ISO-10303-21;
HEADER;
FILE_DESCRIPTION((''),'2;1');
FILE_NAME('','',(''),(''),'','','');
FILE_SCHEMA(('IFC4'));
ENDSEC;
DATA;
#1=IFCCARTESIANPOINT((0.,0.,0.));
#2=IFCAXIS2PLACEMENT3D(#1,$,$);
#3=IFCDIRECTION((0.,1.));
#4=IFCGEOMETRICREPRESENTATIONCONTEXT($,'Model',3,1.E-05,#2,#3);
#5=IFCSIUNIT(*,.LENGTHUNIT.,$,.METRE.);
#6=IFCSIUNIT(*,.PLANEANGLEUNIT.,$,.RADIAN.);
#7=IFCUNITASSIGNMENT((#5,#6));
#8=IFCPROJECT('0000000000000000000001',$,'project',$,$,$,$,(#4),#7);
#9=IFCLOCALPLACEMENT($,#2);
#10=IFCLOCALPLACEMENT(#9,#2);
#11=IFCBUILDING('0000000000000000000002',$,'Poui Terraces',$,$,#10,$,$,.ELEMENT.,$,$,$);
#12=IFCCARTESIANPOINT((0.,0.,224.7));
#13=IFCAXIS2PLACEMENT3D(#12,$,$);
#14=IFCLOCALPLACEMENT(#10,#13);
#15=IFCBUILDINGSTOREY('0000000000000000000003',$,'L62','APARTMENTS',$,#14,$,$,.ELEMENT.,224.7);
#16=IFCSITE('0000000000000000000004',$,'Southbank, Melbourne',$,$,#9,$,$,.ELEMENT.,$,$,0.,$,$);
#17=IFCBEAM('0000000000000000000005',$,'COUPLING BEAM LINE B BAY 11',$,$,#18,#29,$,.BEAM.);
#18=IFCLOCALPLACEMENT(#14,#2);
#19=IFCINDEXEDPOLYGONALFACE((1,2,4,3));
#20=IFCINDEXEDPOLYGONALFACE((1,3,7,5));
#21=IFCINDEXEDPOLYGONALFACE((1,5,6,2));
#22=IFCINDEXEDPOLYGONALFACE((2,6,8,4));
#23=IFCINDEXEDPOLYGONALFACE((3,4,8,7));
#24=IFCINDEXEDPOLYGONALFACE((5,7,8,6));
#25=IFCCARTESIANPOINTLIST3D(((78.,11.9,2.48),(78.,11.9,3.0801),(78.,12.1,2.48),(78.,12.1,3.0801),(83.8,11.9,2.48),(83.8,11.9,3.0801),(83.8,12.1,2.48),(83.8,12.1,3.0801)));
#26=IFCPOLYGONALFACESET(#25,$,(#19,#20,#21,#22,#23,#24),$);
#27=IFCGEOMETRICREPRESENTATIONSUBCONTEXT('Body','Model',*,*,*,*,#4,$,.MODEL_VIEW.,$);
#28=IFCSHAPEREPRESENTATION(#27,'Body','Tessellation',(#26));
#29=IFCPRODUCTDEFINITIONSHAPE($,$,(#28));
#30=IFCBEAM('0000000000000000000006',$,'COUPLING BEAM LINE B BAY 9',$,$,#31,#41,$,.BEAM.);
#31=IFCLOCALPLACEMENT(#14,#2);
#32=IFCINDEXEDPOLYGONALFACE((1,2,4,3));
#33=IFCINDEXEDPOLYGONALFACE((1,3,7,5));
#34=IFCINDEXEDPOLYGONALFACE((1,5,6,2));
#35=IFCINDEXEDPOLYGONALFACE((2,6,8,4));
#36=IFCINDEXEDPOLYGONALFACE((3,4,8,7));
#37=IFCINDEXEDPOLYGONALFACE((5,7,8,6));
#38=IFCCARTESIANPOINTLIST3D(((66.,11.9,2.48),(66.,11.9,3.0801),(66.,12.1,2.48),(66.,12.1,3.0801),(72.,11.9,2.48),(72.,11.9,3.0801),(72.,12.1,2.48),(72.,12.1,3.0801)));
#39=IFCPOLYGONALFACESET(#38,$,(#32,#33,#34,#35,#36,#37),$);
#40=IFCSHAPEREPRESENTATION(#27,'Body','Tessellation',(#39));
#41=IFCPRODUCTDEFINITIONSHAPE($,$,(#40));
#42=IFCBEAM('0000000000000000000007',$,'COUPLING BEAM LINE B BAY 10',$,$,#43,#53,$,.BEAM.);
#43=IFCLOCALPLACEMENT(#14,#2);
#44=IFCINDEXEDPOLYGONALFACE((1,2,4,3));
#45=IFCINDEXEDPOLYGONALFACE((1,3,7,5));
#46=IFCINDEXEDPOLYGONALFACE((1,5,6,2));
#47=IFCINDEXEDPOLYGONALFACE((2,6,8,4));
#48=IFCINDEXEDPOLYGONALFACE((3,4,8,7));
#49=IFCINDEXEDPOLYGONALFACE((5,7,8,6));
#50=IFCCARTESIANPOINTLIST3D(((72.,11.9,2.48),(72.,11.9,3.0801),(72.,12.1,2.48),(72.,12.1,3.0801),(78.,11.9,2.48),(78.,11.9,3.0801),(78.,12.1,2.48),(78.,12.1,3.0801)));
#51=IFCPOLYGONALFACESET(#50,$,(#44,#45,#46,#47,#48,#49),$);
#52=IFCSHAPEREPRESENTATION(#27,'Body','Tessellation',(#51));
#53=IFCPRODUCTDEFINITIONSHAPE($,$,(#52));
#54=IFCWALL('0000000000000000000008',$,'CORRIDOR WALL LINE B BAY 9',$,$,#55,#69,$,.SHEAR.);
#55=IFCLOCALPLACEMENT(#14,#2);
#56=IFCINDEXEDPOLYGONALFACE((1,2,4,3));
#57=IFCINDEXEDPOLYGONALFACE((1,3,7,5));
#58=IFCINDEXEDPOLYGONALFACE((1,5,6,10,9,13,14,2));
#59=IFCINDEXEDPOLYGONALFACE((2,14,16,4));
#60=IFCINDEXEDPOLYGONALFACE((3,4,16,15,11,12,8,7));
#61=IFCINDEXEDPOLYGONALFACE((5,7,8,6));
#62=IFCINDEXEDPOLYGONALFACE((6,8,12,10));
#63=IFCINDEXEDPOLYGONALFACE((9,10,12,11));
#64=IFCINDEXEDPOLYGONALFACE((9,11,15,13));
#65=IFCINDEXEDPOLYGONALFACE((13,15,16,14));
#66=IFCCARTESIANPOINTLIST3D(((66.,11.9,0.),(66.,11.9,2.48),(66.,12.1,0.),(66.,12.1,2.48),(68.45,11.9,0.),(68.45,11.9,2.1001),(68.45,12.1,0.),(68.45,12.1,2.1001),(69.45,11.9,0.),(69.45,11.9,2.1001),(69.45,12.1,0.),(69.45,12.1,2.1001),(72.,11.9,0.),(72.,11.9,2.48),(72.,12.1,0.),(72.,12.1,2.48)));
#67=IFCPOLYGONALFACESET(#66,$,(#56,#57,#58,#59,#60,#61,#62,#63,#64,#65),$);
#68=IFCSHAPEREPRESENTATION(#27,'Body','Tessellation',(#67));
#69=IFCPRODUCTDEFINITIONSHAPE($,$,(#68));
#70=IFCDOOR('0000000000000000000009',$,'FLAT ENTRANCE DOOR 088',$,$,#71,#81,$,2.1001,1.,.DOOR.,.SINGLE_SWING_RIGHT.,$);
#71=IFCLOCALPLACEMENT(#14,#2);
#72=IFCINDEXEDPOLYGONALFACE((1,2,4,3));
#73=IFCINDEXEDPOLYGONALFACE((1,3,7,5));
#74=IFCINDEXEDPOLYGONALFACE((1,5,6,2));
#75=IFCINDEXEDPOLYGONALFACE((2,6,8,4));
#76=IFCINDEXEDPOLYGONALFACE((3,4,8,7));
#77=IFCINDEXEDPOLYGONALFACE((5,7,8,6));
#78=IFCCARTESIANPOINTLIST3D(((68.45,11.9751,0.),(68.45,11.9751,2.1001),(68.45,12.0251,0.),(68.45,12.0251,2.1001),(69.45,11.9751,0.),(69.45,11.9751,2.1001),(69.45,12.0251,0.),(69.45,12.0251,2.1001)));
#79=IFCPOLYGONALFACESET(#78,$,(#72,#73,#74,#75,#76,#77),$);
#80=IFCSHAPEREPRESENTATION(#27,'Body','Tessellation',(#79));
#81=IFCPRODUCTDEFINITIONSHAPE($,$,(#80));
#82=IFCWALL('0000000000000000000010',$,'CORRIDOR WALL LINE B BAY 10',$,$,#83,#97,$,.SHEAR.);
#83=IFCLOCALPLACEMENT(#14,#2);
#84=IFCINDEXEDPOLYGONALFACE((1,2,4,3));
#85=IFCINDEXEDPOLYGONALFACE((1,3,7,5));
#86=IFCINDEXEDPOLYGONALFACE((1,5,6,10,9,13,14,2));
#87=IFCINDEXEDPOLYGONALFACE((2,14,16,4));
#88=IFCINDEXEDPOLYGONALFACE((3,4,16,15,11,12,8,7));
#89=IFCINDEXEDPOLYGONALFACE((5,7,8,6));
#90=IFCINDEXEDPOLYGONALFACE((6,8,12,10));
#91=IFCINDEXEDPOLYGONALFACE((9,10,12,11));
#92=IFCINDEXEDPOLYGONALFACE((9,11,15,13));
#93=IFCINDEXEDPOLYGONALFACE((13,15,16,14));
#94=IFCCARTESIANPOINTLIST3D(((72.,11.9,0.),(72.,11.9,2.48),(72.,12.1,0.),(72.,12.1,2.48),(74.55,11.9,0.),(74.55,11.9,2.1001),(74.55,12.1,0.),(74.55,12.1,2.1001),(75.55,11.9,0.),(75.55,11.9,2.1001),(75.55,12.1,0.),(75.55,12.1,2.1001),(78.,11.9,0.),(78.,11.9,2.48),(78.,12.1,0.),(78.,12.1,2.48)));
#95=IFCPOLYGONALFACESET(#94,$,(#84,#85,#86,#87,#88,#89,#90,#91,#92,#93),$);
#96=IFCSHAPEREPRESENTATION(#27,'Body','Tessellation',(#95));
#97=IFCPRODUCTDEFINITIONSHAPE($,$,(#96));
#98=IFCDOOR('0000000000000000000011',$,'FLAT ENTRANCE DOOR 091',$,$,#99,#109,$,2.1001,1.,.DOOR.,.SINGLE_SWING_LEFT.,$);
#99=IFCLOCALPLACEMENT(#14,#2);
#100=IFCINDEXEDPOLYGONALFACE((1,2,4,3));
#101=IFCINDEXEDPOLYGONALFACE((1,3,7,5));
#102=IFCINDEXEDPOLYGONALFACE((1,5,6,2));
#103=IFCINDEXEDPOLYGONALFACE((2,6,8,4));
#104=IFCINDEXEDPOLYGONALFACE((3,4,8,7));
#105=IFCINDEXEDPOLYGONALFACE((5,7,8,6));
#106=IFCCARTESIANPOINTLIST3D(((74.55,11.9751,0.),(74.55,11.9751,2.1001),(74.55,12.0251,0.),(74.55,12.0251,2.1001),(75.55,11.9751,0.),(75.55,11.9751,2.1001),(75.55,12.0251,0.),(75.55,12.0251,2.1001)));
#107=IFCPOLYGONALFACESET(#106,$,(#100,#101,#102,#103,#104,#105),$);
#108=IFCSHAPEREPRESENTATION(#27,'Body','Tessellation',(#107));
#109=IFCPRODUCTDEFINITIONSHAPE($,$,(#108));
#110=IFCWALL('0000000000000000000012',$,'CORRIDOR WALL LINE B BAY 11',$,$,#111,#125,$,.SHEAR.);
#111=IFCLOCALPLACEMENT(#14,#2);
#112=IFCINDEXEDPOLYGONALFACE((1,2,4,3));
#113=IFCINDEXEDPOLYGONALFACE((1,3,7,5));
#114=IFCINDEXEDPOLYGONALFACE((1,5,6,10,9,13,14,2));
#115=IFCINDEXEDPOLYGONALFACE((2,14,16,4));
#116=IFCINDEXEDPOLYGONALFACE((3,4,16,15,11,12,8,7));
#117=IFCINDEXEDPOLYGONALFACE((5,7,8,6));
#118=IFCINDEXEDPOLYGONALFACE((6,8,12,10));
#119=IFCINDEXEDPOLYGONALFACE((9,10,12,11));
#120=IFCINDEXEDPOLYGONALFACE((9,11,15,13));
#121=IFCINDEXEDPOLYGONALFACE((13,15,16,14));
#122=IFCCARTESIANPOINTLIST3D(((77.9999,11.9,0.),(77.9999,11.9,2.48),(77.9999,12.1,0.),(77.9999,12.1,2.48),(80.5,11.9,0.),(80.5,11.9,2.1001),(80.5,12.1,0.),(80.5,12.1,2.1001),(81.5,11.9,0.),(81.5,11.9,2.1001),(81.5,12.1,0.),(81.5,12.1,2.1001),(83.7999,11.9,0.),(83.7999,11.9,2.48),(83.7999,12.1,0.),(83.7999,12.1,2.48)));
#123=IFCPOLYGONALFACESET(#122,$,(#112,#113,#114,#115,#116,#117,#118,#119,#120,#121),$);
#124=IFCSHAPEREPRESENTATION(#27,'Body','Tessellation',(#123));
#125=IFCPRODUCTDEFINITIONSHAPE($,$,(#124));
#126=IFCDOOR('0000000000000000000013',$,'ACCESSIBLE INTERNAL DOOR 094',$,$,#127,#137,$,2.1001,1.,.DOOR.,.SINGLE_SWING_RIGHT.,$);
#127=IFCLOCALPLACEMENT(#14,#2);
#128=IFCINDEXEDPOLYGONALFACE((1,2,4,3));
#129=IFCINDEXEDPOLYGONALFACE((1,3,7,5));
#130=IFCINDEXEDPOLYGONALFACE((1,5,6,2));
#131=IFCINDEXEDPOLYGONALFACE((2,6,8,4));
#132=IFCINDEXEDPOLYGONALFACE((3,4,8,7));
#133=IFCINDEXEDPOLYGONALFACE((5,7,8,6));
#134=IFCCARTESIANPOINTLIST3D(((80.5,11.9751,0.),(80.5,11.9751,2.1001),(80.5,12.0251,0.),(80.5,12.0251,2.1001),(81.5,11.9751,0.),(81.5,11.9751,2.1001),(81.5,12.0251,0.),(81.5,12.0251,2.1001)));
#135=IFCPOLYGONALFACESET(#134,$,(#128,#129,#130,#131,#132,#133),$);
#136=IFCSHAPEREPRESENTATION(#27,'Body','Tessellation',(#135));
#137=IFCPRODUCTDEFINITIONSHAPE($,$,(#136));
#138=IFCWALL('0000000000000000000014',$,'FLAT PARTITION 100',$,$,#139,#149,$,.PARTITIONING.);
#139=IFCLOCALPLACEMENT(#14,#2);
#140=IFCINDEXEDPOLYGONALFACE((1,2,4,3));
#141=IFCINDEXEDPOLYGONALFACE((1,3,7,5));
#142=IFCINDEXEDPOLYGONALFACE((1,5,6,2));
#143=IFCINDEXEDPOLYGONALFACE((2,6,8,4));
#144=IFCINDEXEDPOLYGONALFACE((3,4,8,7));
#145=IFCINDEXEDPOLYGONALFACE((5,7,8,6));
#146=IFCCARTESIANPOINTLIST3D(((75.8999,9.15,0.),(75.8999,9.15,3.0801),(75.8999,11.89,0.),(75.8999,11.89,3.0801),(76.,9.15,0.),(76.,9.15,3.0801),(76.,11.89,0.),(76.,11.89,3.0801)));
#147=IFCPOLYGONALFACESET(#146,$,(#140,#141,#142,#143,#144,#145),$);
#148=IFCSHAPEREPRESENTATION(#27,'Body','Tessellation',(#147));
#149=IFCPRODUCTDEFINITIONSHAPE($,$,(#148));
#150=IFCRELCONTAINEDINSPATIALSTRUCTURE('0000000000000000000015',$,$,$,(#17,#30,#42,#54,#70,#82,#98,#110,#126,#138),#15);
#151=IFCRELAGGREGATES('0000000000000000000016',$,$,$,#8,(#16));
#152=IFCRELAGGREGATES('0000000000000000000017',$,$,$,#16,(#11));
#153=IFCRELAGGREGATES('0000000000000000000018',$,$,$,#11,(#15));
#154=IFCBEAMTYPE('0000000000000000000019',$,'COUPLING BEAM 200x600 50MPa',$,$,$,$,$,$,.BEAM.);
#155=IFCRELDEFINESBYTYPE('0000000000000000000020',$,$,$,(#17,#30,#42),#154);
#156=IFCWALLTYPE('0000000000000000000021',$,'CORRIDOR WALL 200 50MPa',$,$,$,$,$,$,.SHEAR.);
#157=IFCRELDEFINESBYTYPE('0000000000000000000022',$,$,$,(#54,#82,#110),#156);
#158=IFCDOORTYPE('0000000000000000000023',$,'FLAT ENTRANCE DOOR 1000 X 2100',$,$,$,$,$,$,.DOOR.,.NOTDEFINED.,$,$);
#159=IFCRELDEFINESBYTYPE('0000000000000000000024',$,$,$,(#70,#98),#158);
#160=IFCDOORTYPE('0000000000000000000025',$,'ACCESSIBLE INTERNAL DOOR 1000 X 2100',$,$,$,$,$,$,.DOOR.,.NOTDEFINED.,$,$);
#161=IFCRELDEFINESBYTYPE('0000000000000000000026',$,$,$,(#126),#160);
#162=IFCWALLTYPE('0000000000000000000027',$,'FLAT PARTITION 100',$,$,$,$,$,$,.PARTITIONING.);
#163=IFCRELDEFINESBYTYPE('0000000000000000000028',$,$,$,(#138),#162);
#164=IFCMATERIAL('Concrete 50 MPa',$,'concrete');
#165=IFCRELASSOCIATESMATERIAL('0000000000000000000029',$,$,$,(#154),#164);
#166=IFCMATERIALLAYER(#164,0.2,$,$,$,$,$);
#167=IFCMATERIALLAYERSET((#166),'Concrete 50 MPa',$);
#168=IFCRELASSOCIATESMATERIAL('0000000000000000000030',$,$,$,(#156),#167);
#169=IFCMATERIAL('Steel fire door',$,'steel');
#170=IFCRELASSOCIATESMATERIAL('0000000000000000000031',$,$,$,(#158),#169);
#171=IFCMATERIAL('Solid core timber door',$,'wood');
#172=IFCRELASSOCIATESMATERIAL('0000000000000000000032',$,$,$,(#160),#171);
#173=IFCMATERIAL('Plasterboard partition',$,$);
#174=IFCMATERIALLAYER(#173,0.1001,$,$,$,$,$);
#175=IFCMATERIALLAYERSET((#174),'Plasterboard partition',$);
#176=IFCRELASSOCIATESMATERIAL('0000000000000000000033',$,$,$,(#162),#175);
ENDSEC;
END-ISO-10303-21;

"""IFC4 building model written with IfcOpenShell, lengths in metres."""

from ifc_helpers import new_model, si_unit, direction, frame, frame_2d, origin, origin_2d, place, context, subcontext, project, spatial, rectangle, extrude, source, transform, mapped, material, layer, layer_set, material_profile, profile_set, type_object, element, fill, save


model = new_model("IFC4")

# Units and contexts
model_context = context("Model", 3, precision=1e-05, world=origin(), true_north=direction((0.0, 1.0)))
body_context = subcontext(model_context, "Body", "Model", "MODEL_VIEW")
ifc_project = project(units=[si_unit("LENGTHUNIT", "METRE"), si_unit("PLANEANGLEUNIT", "RADIAN")], contexts=[model_context])

# Site, building, storey
site_placement = place(None, origin())
site = spatial("IfcSite", under=ifc_project, at=site_placement, Name="Southbank, Melbourne", CompositionType="ELEMENT", RefElevation=0.0)
building_placement = place(site_placement, origin())
building = spatial("IfcBuilding", under=site, at=building_placement, Name="Poui Terraces", CompositionType="ELEMENT")
storey_placement = place(building_placement, frame((0.0, 0.0, 224.7)))
storey = spatial("IfcBuildingStorey", under=building, at=storey_placement, Name="L62", Description="APARTMENTS", CompositionType="ELEMENT", Elevation=224.7)

# Beams
ifc_material_1 = material(Name="Concrete 50 MPa", Category="concrete")
ifc_material_profile = material_profile(ifc_material_1, rectangle(XDim=0.2, YDim=0.6001, at=origin_2d()), Name="RC 200x600")
ifc_profile_set = profile_set([ifc_material_profile], Name="Concrete 50 MPa")
beam_type = type_object("IfcBeamType", Name="COUPLING BEAM 200x600 50MPa", PredefinedType="BEAM", material=ifc_profile_set)
shared_shape_1 = source(origin(), body_context, "Body", "SweptSolid", [
    extrude(rectangle(XDim=0.2, YDim=0.6001, at=origin_2d()), origin(), (0.0, 0.0, 1.0), 5.8),
])
beam_placement = place(storey_placement, frame((78.0, 12.0, 2.78), z_axis=(1.0, 0.0, 0.0), x_axis=(0.0, 1.0, 0.0)))
element("IfcBeam", 1, at=beam_placement, inside=storey, type_object=beam_type, Name="COUPLING BEAM LINE B BAY 11", PredefinedType="BEAM", context=body_context, shape_type="MappedRepresentation", body=[
    mapped(shared_shape_1, transform((0.0, 0.0, 0.0))),
])
shared_shape_2 = source(origin(), body_context, "Body", "SweptSolid", [
    extrude(rectangle(XDim=0.2, YDim=0.6001, at=origin_2d()), origin(), (0.0, 0.0, 1.0), 6.0),
])
for number, where, z_axis, x_axis, name in (
    (2, (66.0, 12.0, 2.78), (1.0, 0.0, 0.0), (0.0, 1.0, 0.0), "COUPLING BEAM LINE B BAY 9"),
    (3, (72.0, 12.0, 2.78), (1.0, 0.0, 0.0), (0.0, 1.0, 0.0), "COUPLING BEAM LINE B BAY 10"),
):
    element("IfcBeam", number, at=place(storey_placement, frame(where, z_axis=z_axis, x_axis=x_axis)), inside=storey, type_object=beam_type, Name=name, PredefinedType="BEAM", context=body_context, shape_type="MappedRepresentation", body=[
        mapped(shared_shape_2, transform((0.0, 0.0, 0.0))),
    ])

# Walls, openings, doors
ifc_layer_1 = layer(ifc_material_1, 0.2)
ifc_layer_set_1 = layer_set([ifc_layer_1], Name="Concrete 50 MPa")
wall_type_1 = type_object("IfcWallType", Name="CORRIDOR WALL 200 50MPa", PredefinedType="SHEAR", material=ifc_layer_set_1)
wall_1_placement = place(storey_placement, frame((66.0, 12.0, 0.0), z_axis=(0.0, 0.0, 1.0), x_axis=(1.0, 0.0, 0.0)))
wall_1 = element("IfcWall", 4, at=wall_1_placement, inside=storey, type_object=wall_type_1, Name="CORRIDOR WALL LINE B BAY 9", PredefinedType="SHEAR", context=body_context, shape_type="SweptSolid", body=[
    extrude(rectangle(XDim=6.0, YDim=0.2, at=frame_2d((3.0, 0.0))), origin(), (0.0, 0.0, 1.0), 2.48),
])
opening_1_placement = place(wall_1_placement, frame((2.45, 0.0, 0.0)))
opening_1 = element("IfcOpeningElement", 5, at=opening_1_placement, cuts=wall_1, PredefinedType="OPENING", context=body_context, shape_type="SweptSolid", body=[
    extrude(rectangle(XDim=1.0, YDim=2.1001, at=frame_2d((0.5, 1.05))), frame((0.0, 0.1099, 0.0), z_axis=(0.0, -1.0, 0.0), x_axis=(1.0, 0.0, 0.0)), (0.0, 0.0, 1.0), 0.22),
])
ifc_material_2 = material(Name="Steel fire door", Category="steel")
door_type_1 = type_object("IfcDoorType", Name="FLAT ENTRANCE DOOR 1000 X 2100", OperationType="NOTDEFINED", PredefinedType="DOOR", material=ifc_material_2)
door_1_placement = place(opening_1_placement, frame((1.0, 0.0, 0.0), z_axis=(0.0, 0.0, 1.0), x_axis=(-1.0, 0.0, 0.0)))
door_1 = element("IfcDoor", 6, at=door_1_placement, inside=storey, type_object=door_type_1, Name="FLAT ENTRANCE DOOR 088", OperationType="SINGLE_SWING_RIGHT", OverallHeight=2.1001, OverallWidth=1.0, PredefinedType="DOOR", context=body_context, shape_type="SweptSolid", body=[
    extrude(rectangle(XDim=1.0, YDim=2.1001, at=frame_2d((0.5, 1.05))), frame((0.0, 0.0249, 0.0), z_axis=(0.0, -1.0, 0.0), x_axis=(1.0, 0.0, 0.0)), (0.0, 0.0, 1.0), 0.05),
])
fill(opening_1, door_1)
wall_2_placement = place(storey_placement, frame((72.0, 12.0, 0.0), z_axis=(0.0, 0.0, 1.0), x_axis=(1.0, 0.0, 0.0)))
wall_2 = element("IfcWall", 7, at=wall_2_placement, inside=storey, type_object=wall_type_1, Name="CORRIDOR WALL LINE B BAY 10", PredefinedType="SHEAR", context=body_context, shape_type="SweptSolid", body=[
    extrude(rectangle(XDim=6.0, YDim=0.2, at=frame_2d((3.0, 0.0))), origin(), (0.0, 0.0, 1.0), 2.48),
])
opening_2_placement = place(wall_2_placement, frame((2.55, 0.0, 0.0)))
opening_2 = element("IfcOpeningElement", 8, at=opening_2_placement, cuts=wall_2, PredefinedType="OPENING", context=body_context, shape_type="SweptSolid", body=[
    extrude(rectangle(XDim=1.0, YDim=2.1001, at=frame_2d((0.5, 1.05))), frame((0.0, 0.1099, 0.0), z_axis=(0.0, -1.0, 0.0), x_axis=(1.0, 0.0, 0.0)), (0.0, 0.0, 1.0), 0.22),
])
door_2_placement = place(opening_2_placement, frame((1.0, 0.0, 0.0), z_axis=(0.0, 0.0, 1.0), x_axis=(-1.0, 0.0, 0.0)))
door_2 = element("IfcDoor", 9, at=door_2_placement, inside=storey, type_object=door_type_1, Name="FLAT ENTRANCE DOOR 091", OperationType="SINGLE_SWING_LEFT", OverallHeight=2.1001, OverallWidth=1.0, PredefinedType="DOOR", context=body_context, shape_type="SweptSolid", body=[
    extrude(rectangle(XDim=1.0, YDim=2.1001, at=frame_2d((0.5, 1.05))), frame((0.0, 0.0249, 0.0), z_axis=(0.0, -1.0, 0.0), x_axis=(1.0, 0.0, 0.0)), (0.0, 0.0, 1.0), 0.05),
])
fill(opening_2, door_2)
wall_3_placement = place(storey_placement, frame((78.0, 12.0, 0.0), z_axis=(0.0, 0.0, 1.0), x_axis=(1.0, 0.0, 0.0)))
wall_3 = element("IfcWall", 10, at=wall_3_placement, inside=storey, type_object=wall_type_1, Name="CORRIDOR WALL LINE B BAY 11", PredefinedType="SHEAR", context=body_context, shape_type="SweptSolid", body=[
    extrude(rectangle(XDim=5.8, YDim=0.2, at=frame_2d((2.8999, 0.0))), origin(), (0.0, 0.0, 1.0), 2.48),
])
opening_3_placement = place(wall_3_placement, frame((2.5, 0.0, 0.0)))
opening_3 = element("IfcOpeningElement", 11, at=opening_3_placement, cuts=wall_3, PredefinedType="OPENING", context=body_context, shape_type="SweptSolid", body=[
    extrude(rectangle(XDim=1.0, YDim=2.1001, at=frame_2d((0.5, 1.05))), frame((0.0, 0.1099, 0.0), z_axis=(0.0, -1.0, 0.0), x_axis=(1.0, 0.0, 0.0)), (0.0, 0.0, 1.0), 0.22),
])
ifc_material_3 = material(Name="Solid core timber door", Category="wood")
door_type_2 = type_object("IfcDoorType", Name="ACCESSIBLE INTERNAL DOOR 1000 X 2100", OperationType="NOTDEFINED", PredefinedType="DOOR", material=ifc_material_3)
door_3_placement = place(opening_3_placement, frame((1.0, 0.0, 0.0), z_axis=(0.0, 0.0, 1.0), x_axis=(-1.0, 0.0, 0.0)))
door_3 = element("IfcDoor", 12, at=door_3_placement, inside=storey, type_object=door_type_2, Name="ACCESSIBLE INTERNAL DOOR 094", OperationType="SINGLE_SWING_RIGHT", OverallHeight=2.1001, OverallWidth=1.0, PredefinedType="DOOR", context=body_context, shape_type="SweptSolid", body=[
    extrude(rectangle(XDim=1.0, YDim=2.1001, at=frame_2d((0.5, 1.05))), frame((0.0, 0.0249, 0.0), z_axis=(0.0, -1.0, 0.0), x_axis=(1.0, 0.0, 0.0)), (0.0, 0.0, 1.0), 0.05),
])
fill(opening_3, door_3)

# Wall
ifc_material_4 = material(Name="Plasterboard partition")
ifc_layer_2 = layer(ifc_material_4, 0.1001)
ifc_layer_set_2 = layer_set([ifc_layer_2], Name="Plasterboard partition")
wall_type_2 = type_object("IfcWallType", Name="FLAT PARTITION 100", PredefinedType="PARTITIONING", material=ifc_layer_set_2)
wall_4_placement = place(storey_placement, frame((75.95, 9.1499, 0.0), z_axis=(0.0, 0.0, 1.0), x_axis=(0.0, 1.0, 0.0)))
element("IfcWall", 13, at=wall_4_placement, inside=storey, type_object=wall_type_2, Name="FLAT PARTITION 100", PredefinedType="PARTITIONING", context=body_context, shape_type="SweptSolid", body=[
    extrude(rectangle(XDim=2.74, YDim=0.1001, at=frame_2d((1.3701, 0.0))), origin(), (0.0, 0.0, 1.0), 3.0801),
])

save(model, "model.ifc")
